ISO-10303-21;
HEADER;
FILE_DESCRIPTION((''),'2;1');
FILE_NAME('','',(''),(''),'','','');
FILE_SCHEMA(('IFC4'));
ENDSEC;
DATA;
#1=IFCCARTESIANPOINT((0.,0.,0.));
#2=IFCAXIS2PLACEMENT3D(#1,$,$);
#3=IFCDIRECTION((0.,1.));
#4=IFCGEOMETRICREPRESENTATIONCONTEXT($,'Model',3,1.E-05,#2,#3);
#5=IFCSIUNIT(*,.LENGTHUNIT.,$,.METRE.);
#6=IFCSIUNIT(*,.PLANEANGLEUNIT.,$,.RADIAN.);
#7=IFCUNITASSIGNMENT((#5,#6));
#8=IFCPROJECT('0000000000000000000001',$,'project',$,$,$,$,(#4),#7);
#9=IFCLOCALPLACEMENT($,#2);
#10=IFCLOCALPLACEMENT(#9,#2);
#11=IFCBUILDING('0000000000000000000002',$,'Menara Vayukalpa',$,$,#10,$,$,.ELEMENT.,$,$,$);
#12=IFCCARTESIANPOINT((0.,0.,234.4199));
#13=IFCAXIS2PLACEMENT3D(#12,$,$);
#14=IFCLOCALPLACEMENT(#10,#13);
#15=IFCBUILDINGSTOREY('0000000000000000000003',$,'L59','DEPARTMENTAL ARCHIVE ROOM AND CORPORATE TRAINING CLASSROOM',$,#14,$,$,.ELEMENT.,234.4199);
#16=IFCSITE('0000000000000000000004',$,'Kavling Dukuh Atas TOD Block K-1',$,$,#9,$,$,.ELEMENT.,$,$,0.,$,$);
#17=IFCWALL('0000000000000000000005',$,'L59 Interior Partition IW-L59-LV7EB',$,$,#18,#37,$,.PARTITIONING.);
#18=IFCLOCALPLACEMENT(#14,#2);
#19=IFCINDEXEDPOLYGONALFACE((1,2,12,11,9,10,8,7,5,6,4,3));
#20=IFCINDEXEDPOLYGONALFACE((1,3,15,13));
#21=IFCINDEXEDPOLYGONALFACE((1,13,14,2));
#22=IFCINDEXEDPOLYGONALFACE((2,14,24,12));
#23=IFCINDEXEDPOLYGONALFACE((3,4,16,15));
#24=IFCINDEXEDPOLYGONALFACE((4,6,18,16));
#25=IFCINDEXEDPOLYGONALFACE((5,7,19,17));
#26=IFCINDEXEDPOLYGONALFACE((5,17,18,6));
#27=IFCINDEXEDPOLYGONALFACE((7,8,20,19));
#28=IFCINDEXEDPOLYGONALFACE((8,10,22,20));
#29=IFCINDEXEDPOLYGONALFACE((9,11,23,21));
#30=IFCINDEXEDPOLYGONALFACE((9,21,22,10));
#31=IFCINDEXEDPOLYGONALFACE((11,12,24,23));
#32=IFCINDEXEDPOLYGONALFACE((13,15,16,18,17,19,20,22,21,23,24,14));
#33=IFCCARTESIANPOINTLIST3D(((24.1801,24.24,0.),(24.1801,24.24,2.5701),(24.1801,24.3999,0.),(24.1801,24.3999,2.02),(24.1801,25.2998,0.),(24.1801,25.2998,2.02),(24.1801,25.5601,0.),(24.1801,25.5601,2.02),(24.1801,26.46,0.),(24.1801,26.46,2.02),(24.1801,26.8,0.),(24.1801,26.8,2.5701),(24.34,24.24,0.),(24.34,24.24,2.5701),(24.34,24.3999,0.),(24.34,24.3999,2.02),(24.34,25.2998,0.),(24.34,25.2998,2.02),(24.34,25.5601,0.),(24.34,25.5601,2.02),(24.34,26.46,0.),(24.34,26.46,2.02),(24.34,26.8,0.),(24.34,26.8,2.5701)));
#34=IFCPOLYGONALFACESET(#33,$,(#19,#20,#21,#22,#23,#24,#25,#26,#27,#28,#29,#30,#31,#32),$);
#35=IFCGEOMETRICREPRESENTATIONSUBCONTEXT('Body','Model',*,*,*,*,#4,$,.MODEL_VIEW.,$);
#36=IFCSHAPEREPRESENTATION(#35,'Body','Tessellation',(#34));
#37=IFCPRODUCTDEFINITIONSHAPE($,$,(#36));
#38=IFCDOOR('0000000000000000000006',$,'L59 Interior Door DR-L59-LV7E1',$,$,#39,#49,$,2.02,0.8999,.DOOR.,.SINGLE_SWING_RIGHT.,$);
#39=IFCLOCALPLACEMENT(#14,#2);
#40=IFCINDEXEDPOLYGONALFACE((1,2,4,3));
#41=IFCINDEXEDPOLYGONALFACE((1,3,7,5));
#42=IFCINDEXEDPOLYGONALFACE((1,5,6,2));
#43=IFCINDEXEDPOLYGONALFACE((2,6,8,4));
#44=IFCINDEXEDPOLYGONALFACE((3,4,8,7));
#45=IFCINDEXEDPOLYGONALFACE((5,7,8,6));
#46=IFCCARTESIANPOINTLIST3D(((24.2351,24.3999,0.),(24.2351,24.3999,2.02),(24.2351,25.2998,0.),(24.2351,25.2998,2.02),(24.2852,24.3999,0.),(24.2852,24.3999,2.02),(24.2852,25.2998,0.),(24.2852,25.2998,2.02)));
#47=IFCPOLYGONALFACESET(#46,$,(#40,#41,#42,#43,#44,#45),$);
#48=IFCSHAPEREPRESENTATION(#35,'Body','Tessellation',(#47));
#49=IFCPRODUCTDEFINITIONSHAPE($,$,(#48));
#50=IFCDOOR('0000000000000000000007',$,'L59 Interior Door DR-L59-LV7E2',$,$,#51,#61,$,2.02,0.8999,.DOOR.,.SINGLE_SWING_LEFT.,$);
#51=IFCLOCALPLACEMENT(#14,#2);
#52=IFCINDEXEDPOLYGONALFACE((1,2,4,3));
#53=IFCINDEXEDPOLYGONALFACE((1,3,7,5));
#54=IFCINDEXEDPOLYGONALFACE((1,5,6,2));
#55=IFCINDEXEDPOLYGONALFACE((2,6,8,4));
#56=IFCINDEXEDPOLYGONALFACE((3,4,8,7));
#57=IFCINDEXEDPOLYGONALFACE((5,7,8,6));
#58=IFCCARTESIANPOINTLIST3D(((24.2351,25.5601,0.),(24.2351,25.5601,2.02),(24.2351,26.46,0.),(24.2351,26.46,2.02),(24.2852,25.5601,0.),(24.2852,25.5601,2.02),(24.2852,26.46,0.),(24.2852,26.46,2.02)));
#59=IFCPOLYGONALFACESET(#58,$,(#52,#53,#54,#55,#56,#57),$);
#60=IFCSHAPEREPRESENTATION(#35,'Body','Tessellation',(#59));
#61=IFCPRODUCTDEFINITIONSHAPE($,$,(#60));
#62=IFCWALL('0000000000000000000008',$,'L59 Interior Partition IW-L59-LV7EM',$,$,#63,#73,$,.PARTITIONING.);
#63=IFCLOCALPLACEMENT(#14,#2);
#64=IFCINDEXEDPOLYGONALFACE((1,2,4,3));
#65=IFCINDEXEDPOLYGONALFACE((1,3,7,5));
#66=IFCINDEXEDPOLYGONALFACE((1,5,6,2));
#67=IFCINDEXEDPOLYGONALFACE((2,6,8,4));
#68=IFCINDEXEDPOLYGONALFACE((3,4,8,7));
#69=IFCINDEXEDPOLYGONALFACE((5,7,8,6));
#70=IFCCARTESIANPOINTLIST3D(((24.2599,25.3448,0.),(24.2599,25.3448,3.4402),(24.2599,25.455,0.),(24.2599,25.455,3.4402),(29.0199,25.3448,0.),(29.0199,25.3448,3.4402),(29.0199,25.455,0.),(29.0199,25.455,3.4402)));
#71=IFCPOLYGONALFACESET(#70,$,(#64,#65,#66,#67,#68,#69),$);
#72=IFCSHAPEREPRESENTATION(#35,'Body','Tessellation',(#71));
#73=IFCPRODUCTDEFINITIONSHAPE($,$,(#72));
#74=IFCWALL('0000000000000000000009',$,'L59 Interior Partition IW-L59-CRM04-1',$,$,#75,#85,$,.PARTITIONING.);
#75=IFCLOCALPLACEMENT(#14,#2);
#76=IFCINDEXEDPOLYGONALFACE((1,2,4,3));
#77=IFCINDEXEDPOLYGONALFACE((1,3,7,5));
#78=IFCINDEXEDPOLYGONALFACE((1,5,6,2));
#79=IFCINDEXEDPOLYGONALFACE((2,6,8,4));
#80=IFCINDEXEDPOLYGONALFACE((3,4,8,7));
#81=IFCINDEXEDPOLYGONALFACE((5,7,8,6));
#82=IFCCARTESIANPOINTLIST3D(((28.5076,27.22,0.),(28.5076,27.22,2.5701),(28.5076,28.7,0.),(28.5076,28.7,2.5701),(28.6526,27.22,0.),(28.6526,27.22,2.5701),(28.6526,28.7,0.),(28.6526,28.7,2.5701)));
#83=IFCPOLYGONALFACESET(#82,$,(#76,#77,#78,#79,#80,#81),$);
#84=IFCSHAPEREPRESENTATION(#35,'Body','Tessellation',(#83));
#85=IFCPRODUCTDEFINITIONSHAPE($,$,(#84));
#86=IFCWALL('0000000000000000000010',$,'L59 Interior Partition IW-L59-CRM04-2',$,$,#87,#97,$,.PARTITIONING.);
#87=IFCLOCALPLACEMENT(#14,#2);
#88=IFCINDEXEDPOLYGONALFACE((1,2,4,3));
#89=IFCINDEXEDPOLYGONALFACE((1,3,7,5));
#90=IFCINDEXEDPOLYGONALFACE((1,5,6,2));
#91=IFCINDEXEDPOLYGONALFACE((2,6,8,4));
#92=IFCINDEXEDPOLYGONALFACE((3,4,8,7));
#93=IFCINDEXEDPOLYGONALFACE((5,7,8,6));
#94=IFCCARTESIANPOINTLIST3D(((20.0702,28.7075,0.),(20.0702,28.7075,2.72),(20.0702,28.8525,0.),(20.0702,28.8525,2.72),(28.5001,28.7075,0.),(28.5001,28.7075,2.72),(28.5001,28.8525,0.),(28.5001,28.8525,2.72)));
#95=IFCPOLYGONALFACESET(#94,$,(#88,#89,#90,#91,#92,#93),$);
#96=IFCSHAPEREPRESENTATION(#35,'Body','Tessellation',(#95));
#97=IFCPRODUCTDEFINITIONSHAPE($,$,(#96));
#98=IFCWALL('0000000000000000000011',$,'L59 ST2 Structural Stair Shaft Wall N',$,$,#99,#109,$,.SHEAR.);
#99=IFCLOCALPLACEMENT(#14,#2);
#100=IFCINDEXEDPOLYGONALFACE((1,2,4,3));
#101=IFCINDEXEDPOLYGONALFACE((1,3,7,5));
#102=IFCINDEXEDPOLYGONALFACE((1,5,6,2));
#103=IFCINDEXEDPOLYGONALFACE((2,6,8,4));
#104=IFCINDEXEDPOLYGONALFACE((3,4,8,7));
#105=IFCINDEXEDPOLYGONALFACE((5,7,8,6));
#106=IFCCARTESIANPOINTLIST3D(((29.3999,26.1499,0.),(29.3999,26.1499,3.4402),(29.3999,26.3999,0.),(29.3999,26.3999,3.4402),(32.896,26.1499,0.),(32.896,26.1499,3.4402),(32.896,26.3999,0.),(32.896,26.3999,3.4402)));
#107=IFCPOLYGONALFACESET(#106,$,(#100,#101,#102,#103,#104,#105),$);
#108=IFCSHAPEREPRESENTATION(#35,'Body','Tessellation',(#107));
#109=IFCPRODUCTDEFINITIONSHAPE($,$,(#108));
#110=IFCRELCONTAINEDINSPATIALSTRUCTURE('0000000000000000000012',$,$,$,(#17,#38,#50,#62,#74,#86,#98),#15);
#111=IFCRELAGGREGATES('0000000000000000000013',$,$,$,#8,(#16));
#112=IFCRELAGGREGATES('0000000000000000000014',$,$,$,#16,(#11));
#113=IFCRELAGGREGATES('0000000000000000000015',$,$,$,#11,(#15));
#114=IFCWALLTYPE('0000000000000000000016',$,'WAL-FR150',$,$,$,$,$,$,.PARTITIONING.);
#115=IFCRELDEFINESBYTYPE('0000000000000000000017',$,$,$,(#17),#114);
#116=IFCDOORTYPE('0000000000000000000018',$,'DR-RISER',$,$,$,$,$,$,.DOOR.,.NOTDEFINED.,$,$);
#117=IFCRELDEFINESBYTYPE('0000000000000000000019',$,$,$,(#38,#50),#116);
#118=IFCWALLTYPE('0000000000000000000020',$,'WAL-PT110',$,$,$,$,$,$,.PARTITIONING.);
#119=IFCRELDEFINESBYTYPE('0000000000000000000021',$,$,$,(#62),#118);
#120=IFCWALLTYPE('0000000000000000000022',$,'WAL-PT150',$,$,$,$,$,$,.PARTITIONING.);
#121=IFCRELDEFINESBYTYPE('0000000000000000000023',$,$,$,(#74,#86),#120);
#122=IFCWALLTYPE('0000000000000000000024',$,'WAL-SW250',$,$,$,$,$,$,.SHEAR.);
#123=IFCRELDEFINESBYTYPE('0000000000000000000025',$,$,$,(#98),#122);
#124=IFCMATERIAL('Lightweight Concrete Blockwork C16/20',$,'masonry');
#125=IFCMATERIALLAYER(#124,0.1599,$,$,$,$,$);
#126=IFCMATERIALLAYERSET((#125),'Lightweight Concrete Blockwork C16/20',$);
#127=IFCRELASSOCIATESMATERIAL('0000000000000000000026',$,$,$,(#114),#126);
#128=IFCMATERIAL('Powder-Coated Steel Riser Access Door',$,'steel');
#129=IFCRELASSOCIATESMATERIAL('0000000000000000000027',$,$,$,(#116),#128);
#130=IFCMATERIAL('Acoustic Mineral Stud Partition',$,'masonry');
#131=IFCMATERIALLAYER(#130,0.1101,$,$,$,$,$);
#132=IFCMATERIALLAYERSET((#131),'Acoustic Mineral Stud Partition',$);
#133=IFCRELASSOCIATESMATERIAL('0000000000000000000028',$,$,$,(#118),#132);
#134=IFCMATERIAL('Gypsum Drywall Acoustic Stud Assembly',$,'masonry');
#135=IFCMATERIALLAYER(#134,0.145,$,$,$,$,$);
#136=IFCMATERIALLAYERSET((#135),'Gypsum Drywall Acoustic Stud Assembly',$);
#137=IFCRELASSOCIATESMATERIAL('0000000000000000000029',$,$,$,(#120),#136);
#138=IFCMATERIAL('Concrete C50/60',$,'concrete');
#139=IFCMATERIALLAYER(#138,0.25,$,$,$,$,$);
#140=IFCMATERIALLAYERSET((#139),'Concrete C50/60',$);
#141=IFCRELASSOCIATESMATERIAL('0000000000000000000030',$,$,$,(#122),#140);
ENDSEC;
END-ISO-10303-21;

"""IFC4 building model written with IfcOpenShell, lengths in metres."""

from ifc_helpers import new_model, si_unit, direction, frame, frame_2d, origin, place, context, subcontext, project, spatial, rectangle, extrude, material, layer, layer_set, type_object, element, fill, save


model = new_model("IFC4")

# Units and contexts
model_context = context("Model", 3, precision=1e-05, world=origin(), true_north=direction((0.0, 1.0)))
body_context = subcontext(model_context, "Body", "Model", "MODEL_VIEW")
ifc_project = project(units=[si_unit("LENGTHUNIT", "METRE"), si_unit("PLANEANGLEUNIT", "RADIAN")], contexts=[model_context])

# Site, building, storey
site_placement = place(None, origin())
site = spatial("IfcSite", under=ifc_project, at=site_placement, Name="Kavling Dukuh Atas TOD Block K-1", CompositionType="ELEMENT", RefElevation=0.0)
building_placement = place(site_placement, origin())
building = spatial("IfcBuilding", under=site, at=building_placement, Name="Menara Vayukalpa", CompositionType="ELEMENT")
storey_placement = place(building_placement, frame((0.0, 0.0, 234.4199)))
storey = spatial("IfcBuildingStorey", under=building, at=storey_placement, Name="L59", Description="DEPARTMENTAL ARCHIVE ROOM AND CORPORATE TRAINING CLASSROOM", CompositionType="ELEMENT", Elevation=234.4199)

# Wall, openings, doors
ifc_material_1 = material(Name="Lightweight Concrete Blockwork C16/20", Category="masonry")
ifc_layer_1 = layer(ifc_material_1, 0.1599)
ifc_layer_set_1 = layer_set([ifc_layer_1], Name="Lightweight Concrete Blockwork C16/20")
wall_type_1 = type_object("IfcWallType", Name="WAL-FR150", PredefinedType="PARTITIONING", material=ifc_layer_set_1)
wall_1_placement = place(storey_placement, frame((24.26, 24.24, 0.0), z_axis=(0.0, 0.0, 1.0), x_axis=(0.0, 1.0, 0.0)))
wall_1 = element("IfcWall", 1, at=wall_1_placement, inside=storey, type_object=wall_type_1, Name="L59 Interior Partition IW-L59-LV7EB", PredefinedType="PARTITIONING", context=body_context, shape_type="SweptSolid", body=[
    extrude(rectangle(XDim=2.5601, YDim=0.1599, at=frame_2d((1.28, 0.0))), origin(), (0.0, 0.0, 1.0), 2.5701),
])
opening_1_placement = place(wall_1_placement, frame((0.1599, 0.0, 0.0)))
opening_1 = element("IfcOpeningElement", 2, at=opening_1_placement, cuts=wall_1, PredefinedType="OPENING", context=body_context, shape_type="SweptSolid", body=[
    extrude(rectangle(XDim=0.8999, YDim=2.02, at=frame_2d((0.45, 1.01))), frame((0.0, 0.0898, 0.0), z_axis=(0.0, -1.0, 0.0), x_axis=(1.0, 0.0, 0.0)), (0.0, 0.0, 1.0), 0.1799),
])
opening_2_placement = place(wall_1_placement, frame((1.3201, 0.0, 0.0)))
opening_2 = element("IfcOpeningElement", 3, at=opening_2_placement, cuts=wall_1, PredefinedType="OPENING", context=body_context, shape_type="SweptSolid", body=[
    extrude(rectangle(XDim=0.8999, YDim=2.02, at=frame_2d((0.45, 1.01))), frame((0.0, 0.0898, 0.0), z_axis=(0.0, -1.0, 0.0), x_axis=(1.0, 0.0, 0.0)), (0.0, 0.0, 1.0), 0.1799),
])
ifc_material_2 = material(Name="Powder-Coated Steel Riser Access Door", Category="steel")
door_type = type_object("IfcDoorType", Name="DR-RISER", OperationType="NOTDEFINED", PredefinedType="DOOR", material=ifc_material_2)
door_1_placement = place(opening_1_placement, origin())
door_1 = element("IfcDoor", 4, at=door_1_placement, inside=storey, type_object=door_type, Name="L59 Interior Door DR-L59-LV7E1", OperationType="SINGLE_SWING_RIGHT", OverallHeight=2.02, OverallWidth=0.8999, PredefinedType="DOOR", context=body_context, shape_type="SweptSolid", body=[
    extrude(rectangle(XDim=0.8999, YDim=2.02, at=frame_2d((0.45, 1.01))), frame((0.0, 0.0249, 0.0), z_axis=(0.0, -1.0, 0.0), x_axis=(1.0, 0.0, 0.0)), (0.0, 0.0, 1.0), 0.05),
])
fill(opening_1, door_1)
door_2_placement = place(opening_2_placement, origin())
door_2 = element("IfcDoor", 5, at=door_2_placement, inside=storey, type_object=door_type, Name="L59 Interior Door DR-L59-LV7E2", OperationType="SINGLE_SWING_LEFT", OverallHeight=2.02, OverallWidth=0.8999, PredefinedType="DOOR", context=body_context, shape_type="SweptSolid", body=[
    extrude(rectangle(XDim=0.8999, YDim=2.02, at=frame_2d((0.45, 1.01))), frame((0.0, 0.0249, 0.0), z_axis=(0.0, -1.0, 0.0), x_axis=(1.0, 0.0, 0.0)), (0.0, 0.0, 1.0), 0.05),
])
fill(opening_2, door_2)

# Walls
ifc_material_3 = material(Name="Acoustic Mineral Stud Partition", Category="masonry")
ifc_layer_2 = layer(ifc_material_3, 0.1101)
ifc_layer_set_2 = layer_set([ifc_layer_2], Name="Acoustic Mineral Stud Partition")
wall_type_2 = type_object("IfcWallType", Name="WAL-PT110", PredefinedType="PARTITIONING", material=ifc_layer_set_2)
wall_2_placement = place(storey_placement, frame((24.26, 25.3999, 0.0), z_axis=(0.0, 0.0, 1.0), x_axis=(1.0, 0.0, 0.0)))
element("IfcWall", 6, at=wall_2_placement, inside=storey, type_object=wall_type_2, Name="L59 Interior Partition IW-L59-LV7EM", PredefinedType="PARTITIONING", context=body_context, shape_type="SweptSolid", body=[
    extrude(rectangle(XDim=4.76, YDim=0.1101, at=frame_2d((2.3799, 0.0))), origin(), (0.0, 0.0, 1.0), 3.4402),
])
ifc_material_4 = material(Name="Gypsum Drywall Acoustic Stud Assembly", Category="masonry")
ifc_layer_3 = layer(ifc_material_4, 0.145)
ifc_layer_set_3 = layer_set([ifc_layer_3], Name="Gypsum Drywall Acoustic Stud Assembly")
wall_type_3 = type_object("IfcWallType", Name="WAL-PT150", PredefinedType="PARTITIONING", material=ifc_layer_set_3)
wall_3_placement = place(storey_placement, frame((28.5801, 27.22, 0.0), z_axis=(0.0, 0.0, 1.0), x_axis=(0.0, 1.0, 0.0)))
element("IfcWall", 7, at=wall_3_placement, inside=storey, type_object=wall_type_3, Name="L59 Interior Partition IW-L59-CRM04-1", PredefinedType="PARTITIONING", context=body_context, shape_type="SweptSolid", body=[
    extrude(rectangle(XDim=1.48, YDim=0.145, at=frame_2d((0.74, 0.0))), origin(), (0.0, 0.0, 1.0), 2.5701),
])
wall_4_placement = place(storey_placement, frame((28.5, 28.78, 0.0), z_axis=(0.0, 0.0, 1.0), x_axis=(-1.0, 0.0, 0.0)))
element("IfcWall", 8, at=wall_4_placement, inside=storey, type_object=wall_type_3, Name="L59 Interior Partition IW-L59-CRM04-2", PredefinedType="PARTITIONING", context=body_context, shape_type="SweptSolid", body=[
    extrude(rectangle(XDim=8.4299, YDim=0.145, at=frame_2d((4.2148, 0.0))), origin(), (0.0, 0.0, 1.0), 2.72),
])
ifc_material_5 = material(Name="Concrete C50/60", Category="concrete")
ifc_layer_4 = layer(ifc_material_5, 0.25)
ifc_layer_set_4 = layer_set([ifc_layer_4], Name="Concrete C50/60")
wall_type_4 = type_object("IfcWallType", Name="WAL-SW250", PredefinedType="SHEAR", material=ifc_layer_set_4)
wall_5_placement = place(storey_placement, frame((29.3999, 26.2749, 0.0), z_axis=(0.0, 0.0, 1.0), x_axis=(1.0, 0.0, 0.0)))
element("IfcWall", 9, at=wall_5_placement, inside=storey, type_object=wall_type_4, Name="L59 ST2 Structural Stair Shaft Wall N", PredefinedType="SHEAR", context=body_context, shape_type="SweptSolid", body=[
    extrude(rectangle(XDim=3.4961, YDim=0.25, at=frame_2d((1.748, 0.0))), origin(), (0.0, 0.0, 1.0), 3.4402),
])

save(model, "model.ifc")
